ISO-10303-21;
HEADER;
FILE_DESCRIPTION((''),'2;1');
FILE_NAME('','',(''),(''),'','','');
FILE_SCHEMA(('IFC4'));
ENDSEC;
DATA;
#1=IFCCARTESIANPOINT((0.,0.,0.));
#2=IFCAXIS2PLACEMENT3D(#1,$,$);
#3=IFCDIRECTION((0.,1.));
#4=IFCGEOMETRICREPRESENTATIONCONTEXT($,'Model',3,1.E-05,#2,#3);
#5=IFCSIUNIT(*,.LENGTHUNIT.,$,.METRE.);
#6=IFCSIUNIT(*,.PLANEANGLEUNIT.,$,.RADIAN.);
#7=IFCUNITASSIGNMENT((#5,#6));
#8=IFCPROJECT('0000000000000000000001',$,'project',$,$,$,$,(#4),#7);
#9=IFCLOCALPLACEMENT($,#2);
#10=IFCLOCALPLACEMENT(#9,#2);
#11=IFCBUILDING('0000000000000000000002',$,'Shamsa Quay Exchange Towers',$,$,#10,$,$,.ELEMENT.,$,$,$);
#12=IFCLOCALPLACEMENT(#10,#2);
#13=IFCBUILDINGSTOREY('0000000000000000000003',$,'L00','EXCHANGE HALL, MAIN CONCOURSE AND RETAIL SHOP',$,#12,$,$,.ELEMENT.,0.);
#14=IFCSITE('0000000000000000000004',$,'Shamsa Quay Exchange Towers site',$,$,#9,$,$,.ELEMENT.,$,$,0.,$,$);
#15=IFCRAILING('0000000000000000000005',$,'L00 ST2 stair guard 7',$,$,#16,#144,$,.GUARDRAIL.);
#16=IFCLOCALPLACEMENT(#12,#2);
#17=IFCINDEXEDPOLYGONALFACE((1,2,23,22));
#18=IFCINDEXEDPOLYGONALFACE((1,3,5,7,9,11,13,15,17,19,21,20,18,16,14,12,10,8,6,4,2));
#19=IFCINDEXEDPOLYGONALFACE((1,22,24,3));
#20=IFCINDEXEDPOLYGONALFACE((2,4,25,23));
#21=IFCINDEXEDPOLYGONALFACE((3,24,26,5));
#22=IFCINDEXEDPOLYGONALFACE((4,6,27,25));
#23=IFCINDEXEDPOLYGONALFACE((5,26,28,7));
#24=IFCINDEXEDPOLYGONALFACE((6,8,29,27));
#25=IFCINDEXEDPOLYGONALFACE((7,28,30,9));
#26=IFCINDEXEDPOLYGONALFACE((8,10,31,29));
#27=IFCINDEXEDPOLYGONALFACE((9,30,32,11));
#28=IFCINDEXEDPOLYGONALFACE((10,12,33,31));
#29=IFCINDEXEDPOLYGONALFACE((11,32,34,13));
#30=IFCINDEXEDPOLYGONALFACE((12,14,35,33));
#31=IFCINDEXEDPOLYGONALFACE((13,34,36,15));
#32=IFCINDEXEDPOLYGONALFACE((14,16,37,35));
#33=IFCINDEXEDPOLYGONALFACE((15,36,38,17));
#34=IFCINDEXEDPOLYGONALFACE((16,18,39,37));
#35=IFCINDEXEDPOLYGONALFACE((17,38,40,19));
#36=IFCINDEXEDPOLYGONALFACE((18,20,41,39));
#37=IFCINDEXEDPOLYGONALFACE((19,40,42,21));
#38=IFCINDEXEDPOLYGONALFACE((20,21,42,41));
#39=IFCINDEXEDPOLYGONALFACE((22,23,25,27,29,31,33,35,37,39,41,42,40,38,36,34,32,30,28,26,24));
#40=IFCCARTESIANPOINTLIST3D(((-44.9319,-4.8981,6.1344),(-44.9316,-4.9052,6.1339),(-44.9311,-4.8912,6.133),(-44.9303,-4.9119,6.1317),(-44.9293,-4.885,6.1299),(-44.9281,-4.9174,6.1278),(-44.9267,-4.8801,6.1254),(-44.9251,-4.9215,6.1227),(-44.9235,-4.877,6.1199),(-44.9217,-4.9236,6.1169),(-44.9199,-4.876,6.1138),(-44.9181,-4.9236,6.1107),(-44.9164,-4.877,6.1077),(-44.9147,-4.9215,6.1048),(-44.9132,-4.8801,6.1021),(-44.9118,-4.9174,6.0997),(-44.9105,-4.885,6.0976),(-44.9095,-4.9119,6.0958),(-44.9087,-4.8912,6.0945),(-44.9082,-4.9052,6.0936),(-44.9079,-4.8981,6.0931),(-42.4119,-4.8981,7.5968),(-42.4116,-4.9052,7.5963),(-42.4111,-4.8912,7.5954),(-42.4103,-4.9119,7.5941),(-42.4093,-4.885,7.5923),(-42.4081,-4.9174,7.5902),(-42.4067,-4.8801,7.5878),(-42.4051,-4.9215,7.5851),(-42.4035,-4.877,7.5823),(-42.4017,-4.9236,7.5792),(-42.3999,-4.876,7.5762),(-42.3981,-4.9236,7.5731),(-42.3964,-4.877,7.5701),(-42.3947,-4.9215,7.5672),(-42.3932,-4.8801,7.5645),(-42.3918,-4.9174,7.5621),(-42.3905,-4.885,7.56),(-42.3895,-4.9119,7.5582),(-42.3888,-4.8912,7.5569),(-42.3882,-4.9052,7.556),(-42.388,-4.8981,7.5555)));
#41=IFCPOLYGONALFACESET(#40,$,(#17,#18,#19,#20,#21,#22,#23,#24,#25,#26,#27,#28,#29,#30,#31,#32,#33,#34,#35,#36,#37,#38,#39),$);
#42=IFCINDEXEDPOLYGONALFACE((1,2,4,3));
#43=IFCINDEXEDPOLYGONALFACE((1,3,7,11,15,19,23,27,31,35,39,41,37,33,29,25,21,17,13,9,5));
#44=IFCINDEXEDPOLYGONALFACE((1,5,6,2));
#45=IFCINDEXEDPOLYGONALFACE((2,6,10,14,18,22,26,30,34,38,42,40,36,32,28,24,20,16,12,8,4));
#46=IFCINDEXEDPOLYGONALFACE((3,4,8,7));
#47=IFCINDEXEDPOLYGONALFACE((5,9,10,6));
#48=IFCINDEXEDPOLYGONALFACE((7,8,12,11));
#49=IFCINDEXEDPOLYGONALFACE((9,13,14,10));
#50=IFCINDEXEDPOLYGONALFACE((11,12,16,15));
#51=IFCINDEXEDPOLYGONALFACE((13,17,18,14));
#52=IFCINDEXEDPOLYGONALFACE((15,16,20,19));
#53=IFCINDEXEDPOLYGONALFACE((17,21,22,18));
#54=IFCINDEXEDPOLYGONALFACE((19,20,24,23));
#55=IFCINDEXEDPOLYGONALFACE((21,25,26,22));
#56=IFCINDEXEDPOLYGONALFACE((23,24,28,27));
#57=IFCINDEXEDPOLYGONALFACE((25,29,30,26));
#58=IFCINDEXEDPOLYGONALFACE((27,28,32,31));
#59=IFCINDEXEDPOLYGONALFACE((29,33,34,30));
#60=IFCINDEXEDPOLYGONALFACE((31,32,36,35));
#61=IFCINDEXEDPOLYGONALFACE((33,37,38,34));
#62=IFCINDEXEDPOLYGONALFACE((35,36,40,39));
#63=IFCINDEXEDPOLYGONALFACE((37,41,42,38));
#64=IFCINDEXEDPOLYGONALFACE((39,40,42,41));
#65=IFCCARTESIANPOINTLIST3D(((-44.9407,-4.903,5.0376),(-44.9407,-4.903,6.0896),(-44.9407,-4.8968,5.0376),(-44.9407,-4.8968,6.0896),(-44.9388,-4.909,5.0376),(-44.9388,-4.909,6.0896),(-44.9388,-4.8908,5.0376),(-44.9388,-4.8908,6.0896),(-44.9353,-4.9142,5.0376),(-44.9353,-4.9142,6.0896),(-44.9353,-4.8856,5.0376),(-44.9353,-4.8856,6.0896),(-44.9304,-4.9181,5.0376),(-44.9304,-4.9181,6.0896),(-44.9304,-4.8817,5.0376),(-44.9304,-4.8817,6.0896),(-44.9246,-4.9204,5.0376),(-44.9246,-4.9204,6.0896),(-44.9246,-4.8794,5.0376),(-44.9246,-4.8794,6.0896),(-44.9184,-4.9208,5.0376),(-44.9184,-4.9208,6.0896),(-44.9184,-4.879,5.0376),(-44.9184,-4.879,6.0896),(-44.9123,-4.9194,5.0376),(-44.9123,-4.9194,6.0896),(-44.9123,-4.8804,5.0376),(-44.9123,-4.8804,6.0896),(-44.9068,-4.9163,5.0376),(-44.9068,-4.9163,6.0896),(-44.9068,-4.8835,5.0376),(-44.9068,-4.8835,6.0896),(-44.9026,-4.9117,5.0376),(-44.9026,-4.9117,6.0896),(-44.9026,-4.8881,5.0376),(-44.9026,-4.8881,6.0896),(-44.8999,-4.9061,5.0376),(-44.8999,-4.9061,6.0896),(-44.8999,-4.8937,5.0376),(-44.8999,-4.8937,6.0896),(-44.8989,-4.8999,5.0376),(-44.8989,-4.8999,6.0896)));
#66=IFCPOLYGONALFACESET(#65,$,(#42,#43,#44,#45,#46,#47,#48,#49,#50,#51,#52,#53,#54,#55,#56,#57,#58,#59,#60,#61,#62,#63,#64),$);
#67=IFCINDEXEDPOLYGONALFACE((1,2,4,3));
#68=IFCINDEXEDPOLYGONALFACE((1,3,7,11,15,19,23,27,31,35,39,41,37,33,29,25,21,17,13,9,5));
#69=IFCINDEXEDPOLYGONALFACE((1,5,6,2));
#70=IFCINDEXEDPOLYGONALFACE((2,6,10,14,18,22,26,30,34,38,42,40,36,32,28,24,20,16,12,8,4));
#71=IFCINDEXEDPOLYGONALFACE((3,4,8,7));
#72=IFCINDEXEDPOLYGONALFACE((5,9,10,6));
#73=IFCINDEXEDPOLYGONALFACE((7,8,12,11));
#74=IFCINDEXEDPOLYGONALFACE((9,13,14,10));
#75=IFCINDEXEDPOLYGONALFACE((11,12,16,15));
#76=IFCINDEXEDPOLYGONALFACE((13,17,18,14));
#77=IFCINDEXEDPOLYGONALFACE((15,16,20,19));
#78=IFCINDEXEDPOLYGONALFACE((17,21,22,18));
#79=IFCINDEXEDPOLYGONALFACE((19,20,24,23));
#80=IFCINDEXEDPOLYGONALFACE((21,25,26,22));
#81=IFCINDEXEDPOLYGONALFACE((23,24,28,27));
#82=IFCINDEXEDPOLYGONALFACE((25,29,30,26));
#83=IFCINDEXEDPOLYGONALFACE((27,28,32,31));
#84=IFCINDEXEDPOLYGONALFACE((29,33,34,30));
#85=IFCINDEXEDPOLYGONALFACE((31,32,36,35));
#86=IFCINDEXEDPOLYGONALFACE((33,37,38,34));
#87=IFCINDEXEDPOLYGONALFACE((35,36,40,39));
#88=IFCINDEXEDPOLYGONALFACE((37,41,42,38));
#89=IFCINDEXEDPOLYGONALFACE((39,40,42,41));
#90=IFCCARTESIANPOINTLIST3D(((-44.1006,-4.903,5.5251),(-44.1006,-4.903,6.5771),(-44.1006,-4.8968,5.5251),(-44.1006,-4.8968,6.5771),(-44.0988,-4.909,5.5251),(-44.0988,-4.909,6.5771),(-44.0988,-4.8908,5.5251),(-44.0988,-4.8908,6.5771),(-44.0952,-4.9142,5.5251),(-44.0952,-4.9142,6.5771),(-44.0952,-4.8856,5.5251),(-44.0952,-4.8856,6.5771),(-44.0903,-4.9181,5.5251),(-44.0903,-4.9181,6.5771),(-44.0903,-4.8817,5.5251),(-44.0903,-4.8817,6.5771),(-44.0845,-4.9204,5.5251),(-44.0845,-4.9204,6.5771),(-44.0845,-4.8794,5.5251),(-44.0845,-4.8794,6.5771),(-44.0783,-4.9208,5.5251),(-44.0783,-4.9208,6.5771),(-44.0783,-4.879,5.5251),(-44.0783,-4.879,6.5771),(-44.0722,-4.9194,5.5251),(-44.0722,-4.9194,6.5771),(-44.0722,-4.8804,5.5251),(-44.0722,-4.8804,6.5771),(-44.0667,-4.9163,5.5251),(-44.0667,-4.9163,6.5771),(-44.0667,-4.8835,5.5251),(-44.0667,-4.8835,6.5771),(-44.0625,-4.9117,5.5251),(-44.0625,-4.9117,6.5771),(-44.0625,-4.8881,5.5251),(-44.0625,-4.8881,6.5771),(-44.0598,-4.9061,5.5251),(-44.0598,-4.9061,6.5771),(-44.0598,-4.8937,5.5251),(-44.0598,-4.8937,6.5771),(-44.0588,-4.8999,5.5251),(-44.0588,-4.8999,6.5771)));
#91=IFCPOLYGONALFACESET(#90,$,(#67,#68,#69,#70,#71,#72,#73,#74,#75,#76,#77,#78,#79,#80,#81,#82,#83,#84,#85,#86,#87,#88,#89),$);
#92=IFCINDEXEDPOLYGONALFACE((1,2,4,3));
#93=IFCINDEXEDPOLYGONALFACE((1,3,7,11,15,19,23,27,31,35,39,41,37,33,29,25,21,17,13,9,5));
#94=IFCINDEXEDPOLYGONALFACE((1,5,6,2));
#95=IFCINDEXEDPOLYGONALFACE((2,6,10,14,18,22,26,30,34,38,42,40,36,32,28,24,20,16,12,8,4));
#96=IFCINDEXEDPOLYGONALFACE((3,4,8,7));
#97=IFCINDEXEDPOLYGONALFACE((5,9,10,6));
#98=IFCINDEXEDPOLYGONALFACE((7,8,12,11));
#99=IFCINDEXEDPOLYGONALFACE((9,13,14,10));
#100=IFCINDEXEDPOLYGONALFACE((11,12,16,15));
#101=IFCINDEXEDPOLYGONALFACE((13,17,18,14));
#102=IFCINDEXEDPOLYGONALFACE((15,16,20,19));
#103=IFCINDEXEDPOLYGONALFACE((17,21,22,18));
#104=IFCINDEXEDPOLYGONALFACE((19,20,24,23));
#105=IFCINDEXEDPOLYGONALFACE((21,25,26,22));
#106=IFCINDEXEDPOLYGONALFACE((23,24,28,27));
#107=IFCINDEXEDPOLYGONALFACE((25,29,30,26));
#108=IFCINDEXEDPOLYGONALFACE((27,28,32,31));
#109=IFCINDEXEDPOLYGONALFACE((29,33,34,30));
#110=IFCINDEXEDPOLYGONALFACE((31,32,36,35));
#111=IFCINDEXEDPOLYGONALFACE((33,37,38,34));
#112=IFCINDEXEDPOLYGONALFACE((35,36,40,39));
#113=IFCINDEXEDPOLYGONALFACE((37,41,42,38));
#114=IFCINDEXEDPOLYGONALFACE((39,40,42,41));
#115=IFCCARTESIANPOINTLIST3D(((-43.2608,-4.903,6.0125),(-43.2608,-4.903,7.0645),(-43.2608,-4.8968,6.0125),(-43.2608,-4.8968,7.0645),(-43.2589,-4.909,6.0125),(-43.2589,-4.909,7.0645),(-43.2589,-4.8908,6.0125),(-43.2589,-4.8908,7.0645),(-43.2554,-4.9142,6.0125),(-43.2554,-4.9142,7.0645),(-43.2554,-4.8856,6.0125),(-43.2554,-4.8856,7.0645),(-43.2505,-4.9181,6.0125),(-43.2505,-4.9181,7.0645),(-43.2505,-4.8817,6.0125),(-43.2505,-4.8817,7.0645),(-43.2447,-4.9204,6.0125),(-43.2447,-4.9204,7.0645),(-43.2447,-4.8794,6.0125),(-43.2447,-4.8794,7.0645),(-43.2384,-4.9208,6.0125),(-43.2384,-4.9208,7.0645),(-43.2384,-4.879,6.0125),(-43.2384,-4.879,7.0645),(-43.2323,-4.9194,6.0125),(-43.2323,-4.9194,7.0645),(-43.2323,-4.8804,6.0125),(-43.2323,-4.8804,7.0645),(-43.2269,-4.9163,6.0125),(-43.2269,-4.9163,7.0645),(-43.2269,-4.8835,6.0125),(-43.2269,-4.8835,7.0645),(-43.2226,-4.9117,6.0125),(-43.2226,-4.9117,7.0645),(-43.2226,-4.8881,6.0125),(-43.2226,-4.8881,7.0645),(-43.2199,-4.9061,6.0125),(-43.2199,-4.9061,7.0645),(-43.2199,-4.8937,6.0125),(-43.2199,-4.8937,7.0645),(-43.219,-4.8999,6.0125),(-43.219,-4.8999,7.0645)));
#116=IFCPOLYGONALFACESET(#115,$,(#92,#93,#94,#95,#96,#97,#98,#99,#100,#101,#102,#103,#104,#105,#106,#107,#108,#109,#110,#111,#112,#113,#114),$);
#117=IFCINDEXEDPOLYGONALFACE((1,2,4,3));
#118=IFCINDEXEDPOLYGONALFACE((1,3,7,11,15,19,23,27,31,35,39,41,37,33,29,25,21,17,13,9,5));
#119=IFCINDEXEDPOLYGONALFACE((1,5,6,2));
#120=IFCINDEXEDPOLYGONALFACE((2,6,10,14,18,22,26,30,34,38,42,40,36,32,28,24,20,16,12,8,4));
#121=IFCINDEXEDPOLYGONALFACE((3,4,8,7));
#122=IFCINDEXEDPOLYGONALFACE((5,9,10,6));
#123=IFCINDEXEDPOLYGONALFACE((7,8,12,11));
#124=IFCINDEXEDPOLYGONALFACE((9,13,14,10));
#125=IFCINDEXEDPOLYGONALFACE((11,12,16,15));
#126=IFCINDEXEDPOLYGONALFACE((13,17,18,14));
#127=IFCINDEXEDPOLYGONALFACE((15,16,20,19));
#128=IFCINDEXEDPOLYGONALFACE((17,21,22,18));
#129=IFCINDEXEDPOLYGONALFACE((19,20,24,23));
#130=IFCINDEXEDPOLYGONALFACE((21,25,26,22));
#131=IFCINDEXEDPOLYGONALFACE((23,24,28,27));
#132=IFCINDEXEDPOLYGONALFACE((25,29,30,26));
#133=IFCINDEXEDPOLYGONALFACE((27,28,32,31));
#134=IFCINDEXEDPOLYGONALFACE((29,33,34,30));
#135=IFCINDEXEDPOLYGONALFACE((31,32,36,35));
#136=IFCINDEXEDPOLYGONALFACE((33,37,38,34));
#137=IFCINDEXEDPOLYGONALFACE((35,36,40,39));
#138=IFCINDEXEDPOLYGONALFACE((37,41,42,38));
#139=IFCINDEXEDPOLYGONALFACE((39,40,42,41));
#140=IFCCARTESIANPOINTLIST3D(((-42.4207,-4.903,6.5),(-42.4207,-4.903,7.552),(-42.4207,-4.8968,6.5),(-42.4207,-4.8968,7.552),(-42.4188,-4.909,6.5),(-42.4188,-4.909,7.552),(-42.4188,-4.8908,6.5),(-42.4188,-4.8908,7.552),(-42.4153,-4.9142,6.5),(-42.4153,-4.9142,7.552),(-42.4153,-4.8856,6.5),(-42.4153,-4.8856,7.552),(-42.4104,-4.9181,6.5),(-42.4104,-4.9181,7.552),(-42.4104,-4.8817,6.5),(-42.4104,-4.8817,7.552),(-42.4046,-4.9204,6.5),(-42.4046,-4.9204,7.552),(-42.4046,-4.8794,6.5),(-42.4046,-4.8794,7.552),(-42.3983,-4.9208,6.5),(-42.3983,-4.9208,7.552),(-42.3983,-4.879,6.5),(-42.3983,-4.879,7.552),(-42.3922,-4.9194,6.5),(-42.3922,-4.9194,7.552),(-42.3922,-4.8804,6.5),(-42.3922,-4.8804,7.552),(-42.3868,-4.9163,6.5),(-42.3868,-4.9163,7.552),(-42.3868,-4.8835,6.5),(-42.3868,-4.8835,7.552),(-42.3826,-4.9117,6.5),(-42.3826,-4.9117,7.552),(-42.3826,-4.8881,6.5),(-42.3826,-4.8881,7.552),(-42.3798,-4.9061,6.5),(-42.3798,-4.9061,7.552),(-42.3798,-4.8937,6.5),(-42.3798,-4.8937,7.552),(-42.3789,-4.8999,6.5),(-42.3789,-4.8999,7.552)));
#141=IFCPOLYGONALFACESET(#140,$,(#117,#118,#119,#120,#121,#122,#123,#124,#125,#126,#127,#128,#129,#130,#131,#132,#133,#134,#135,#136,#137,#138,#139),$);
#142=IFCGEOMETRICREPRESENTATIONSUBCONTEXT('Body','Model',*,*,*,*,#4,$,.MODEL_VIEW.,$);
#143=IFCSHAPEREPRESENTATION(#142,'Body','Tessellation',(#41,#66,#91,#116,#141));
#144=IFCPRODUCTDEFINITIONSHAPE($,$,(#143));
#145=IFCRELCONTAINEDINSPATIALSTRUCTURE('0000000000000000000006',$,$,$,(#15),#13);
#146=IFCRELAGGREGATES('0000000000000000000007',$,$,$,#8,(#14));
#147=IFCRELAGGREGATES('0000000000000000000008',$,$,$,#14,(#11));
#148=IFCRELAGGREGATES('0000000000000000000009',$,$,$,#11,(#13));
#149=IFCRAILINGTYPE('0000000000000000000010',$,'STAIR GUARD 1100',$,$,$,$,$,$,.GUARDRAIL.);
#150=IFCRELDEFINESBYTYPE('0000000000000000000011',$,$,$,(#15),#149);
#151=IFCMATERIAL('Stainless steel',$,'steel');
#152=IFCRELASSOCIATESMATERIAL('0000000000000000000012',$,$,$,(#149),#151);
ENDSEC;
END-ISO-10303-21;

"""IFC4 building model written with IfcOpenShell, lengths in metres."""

from ifc_helpers import new_model, si_unit, direction, frame, origin, origin_2d, place, context, subcontext, project, spatial, circle, extrude, material, type_object, element, save


model = new_model("IFC4")

# Units and contexts
model_context = context("Model", 3, precision=1e-05, world=origin(), true_north=direction((0.0, 1.0)))
body_context = subcontext(model_context, "Body", "Model", "MODEL_VIEW")
ifc_project = project(units=[si_unit("LENGTHUNIT", "METRE"), si_unit("PLANEANGLEUNIT", "RADIAN")], contexts=[model_context])

# Site, building, storey
site_placement = place(None, origin())
site = spatial("IfcSite", under=ifc_project, at=site_placement, Name="Shamsa Quay Exchange Towers site", CompositionType="ELEMENT", RefElevation=0.0)
building_placement = place(site_placement, origin())
building = spatial("IfcBuilding", under=site, at=building_placement, Name="Shamsa Quay Exchange Towers", CompositionType="ELEMENT")
storey_placement = place(building_placement, origin())
storey = spatial("IfcBuildingStorey", under=building, at=storey_placement, Name="L00", Description="EXCHANGE HALL, MAIN CONCOURSE AND RETAIL SHOP", CompositionType="ELEMENT", Elevation=0.0)

# Railing
ifc_material_1 = material(Name="Stainless steel", Category="steel")
railing_type_1 = type_object("IfcRailingType", Name="STAIR GUARD 1100", PredefinedType="GUARDRAIL", material=ifc_material_1)
railing_1_placement = place(storey_placement, frame((-44.9199, -4.8999, 5.0376)))
element("IfcRailing", 1, at=railing_1_placement, inside=storey, type_object=railing_type_1, Name="L00 ST2 stair guard 7", PredefinedType="GUARDRAIL", context=body_context, shape_type="SweptSolid", body=[
    extrude(circle(Radius=0.0239, at=origin_2d()), frame((0.0, 0.0, 1.0762), z_axis=(0.864913, 0.0, 0.501921), x_axis=(0.0, 1.0, 0.0)), (0.0, 0.0, 1.0), 2.9136),
    extrude(circle(Radius=0.021, at=origin_2d()), origin(), (0.0, 0.0, 1.0), 1.052),
    extrude(circle(Radius=0.021, at=origin_2d()), frame((0.8401, 0.0, 0.4875)), (0.0, 0.0, 1.0), 1.052),
    extrude(circle(Radius=0.021, at=origin_2d()), frame((1.6799, 0.0, 0.9749)), (0.0, 0.0, 1.0), 1.052),
    extrude(circle(Radius=0.021, at=origin_2d()), frame((2.52, 0.0, 1.4624)), (0.0, 0.0, 1.0), 1.052),
])

save(model, "model.ifc")
